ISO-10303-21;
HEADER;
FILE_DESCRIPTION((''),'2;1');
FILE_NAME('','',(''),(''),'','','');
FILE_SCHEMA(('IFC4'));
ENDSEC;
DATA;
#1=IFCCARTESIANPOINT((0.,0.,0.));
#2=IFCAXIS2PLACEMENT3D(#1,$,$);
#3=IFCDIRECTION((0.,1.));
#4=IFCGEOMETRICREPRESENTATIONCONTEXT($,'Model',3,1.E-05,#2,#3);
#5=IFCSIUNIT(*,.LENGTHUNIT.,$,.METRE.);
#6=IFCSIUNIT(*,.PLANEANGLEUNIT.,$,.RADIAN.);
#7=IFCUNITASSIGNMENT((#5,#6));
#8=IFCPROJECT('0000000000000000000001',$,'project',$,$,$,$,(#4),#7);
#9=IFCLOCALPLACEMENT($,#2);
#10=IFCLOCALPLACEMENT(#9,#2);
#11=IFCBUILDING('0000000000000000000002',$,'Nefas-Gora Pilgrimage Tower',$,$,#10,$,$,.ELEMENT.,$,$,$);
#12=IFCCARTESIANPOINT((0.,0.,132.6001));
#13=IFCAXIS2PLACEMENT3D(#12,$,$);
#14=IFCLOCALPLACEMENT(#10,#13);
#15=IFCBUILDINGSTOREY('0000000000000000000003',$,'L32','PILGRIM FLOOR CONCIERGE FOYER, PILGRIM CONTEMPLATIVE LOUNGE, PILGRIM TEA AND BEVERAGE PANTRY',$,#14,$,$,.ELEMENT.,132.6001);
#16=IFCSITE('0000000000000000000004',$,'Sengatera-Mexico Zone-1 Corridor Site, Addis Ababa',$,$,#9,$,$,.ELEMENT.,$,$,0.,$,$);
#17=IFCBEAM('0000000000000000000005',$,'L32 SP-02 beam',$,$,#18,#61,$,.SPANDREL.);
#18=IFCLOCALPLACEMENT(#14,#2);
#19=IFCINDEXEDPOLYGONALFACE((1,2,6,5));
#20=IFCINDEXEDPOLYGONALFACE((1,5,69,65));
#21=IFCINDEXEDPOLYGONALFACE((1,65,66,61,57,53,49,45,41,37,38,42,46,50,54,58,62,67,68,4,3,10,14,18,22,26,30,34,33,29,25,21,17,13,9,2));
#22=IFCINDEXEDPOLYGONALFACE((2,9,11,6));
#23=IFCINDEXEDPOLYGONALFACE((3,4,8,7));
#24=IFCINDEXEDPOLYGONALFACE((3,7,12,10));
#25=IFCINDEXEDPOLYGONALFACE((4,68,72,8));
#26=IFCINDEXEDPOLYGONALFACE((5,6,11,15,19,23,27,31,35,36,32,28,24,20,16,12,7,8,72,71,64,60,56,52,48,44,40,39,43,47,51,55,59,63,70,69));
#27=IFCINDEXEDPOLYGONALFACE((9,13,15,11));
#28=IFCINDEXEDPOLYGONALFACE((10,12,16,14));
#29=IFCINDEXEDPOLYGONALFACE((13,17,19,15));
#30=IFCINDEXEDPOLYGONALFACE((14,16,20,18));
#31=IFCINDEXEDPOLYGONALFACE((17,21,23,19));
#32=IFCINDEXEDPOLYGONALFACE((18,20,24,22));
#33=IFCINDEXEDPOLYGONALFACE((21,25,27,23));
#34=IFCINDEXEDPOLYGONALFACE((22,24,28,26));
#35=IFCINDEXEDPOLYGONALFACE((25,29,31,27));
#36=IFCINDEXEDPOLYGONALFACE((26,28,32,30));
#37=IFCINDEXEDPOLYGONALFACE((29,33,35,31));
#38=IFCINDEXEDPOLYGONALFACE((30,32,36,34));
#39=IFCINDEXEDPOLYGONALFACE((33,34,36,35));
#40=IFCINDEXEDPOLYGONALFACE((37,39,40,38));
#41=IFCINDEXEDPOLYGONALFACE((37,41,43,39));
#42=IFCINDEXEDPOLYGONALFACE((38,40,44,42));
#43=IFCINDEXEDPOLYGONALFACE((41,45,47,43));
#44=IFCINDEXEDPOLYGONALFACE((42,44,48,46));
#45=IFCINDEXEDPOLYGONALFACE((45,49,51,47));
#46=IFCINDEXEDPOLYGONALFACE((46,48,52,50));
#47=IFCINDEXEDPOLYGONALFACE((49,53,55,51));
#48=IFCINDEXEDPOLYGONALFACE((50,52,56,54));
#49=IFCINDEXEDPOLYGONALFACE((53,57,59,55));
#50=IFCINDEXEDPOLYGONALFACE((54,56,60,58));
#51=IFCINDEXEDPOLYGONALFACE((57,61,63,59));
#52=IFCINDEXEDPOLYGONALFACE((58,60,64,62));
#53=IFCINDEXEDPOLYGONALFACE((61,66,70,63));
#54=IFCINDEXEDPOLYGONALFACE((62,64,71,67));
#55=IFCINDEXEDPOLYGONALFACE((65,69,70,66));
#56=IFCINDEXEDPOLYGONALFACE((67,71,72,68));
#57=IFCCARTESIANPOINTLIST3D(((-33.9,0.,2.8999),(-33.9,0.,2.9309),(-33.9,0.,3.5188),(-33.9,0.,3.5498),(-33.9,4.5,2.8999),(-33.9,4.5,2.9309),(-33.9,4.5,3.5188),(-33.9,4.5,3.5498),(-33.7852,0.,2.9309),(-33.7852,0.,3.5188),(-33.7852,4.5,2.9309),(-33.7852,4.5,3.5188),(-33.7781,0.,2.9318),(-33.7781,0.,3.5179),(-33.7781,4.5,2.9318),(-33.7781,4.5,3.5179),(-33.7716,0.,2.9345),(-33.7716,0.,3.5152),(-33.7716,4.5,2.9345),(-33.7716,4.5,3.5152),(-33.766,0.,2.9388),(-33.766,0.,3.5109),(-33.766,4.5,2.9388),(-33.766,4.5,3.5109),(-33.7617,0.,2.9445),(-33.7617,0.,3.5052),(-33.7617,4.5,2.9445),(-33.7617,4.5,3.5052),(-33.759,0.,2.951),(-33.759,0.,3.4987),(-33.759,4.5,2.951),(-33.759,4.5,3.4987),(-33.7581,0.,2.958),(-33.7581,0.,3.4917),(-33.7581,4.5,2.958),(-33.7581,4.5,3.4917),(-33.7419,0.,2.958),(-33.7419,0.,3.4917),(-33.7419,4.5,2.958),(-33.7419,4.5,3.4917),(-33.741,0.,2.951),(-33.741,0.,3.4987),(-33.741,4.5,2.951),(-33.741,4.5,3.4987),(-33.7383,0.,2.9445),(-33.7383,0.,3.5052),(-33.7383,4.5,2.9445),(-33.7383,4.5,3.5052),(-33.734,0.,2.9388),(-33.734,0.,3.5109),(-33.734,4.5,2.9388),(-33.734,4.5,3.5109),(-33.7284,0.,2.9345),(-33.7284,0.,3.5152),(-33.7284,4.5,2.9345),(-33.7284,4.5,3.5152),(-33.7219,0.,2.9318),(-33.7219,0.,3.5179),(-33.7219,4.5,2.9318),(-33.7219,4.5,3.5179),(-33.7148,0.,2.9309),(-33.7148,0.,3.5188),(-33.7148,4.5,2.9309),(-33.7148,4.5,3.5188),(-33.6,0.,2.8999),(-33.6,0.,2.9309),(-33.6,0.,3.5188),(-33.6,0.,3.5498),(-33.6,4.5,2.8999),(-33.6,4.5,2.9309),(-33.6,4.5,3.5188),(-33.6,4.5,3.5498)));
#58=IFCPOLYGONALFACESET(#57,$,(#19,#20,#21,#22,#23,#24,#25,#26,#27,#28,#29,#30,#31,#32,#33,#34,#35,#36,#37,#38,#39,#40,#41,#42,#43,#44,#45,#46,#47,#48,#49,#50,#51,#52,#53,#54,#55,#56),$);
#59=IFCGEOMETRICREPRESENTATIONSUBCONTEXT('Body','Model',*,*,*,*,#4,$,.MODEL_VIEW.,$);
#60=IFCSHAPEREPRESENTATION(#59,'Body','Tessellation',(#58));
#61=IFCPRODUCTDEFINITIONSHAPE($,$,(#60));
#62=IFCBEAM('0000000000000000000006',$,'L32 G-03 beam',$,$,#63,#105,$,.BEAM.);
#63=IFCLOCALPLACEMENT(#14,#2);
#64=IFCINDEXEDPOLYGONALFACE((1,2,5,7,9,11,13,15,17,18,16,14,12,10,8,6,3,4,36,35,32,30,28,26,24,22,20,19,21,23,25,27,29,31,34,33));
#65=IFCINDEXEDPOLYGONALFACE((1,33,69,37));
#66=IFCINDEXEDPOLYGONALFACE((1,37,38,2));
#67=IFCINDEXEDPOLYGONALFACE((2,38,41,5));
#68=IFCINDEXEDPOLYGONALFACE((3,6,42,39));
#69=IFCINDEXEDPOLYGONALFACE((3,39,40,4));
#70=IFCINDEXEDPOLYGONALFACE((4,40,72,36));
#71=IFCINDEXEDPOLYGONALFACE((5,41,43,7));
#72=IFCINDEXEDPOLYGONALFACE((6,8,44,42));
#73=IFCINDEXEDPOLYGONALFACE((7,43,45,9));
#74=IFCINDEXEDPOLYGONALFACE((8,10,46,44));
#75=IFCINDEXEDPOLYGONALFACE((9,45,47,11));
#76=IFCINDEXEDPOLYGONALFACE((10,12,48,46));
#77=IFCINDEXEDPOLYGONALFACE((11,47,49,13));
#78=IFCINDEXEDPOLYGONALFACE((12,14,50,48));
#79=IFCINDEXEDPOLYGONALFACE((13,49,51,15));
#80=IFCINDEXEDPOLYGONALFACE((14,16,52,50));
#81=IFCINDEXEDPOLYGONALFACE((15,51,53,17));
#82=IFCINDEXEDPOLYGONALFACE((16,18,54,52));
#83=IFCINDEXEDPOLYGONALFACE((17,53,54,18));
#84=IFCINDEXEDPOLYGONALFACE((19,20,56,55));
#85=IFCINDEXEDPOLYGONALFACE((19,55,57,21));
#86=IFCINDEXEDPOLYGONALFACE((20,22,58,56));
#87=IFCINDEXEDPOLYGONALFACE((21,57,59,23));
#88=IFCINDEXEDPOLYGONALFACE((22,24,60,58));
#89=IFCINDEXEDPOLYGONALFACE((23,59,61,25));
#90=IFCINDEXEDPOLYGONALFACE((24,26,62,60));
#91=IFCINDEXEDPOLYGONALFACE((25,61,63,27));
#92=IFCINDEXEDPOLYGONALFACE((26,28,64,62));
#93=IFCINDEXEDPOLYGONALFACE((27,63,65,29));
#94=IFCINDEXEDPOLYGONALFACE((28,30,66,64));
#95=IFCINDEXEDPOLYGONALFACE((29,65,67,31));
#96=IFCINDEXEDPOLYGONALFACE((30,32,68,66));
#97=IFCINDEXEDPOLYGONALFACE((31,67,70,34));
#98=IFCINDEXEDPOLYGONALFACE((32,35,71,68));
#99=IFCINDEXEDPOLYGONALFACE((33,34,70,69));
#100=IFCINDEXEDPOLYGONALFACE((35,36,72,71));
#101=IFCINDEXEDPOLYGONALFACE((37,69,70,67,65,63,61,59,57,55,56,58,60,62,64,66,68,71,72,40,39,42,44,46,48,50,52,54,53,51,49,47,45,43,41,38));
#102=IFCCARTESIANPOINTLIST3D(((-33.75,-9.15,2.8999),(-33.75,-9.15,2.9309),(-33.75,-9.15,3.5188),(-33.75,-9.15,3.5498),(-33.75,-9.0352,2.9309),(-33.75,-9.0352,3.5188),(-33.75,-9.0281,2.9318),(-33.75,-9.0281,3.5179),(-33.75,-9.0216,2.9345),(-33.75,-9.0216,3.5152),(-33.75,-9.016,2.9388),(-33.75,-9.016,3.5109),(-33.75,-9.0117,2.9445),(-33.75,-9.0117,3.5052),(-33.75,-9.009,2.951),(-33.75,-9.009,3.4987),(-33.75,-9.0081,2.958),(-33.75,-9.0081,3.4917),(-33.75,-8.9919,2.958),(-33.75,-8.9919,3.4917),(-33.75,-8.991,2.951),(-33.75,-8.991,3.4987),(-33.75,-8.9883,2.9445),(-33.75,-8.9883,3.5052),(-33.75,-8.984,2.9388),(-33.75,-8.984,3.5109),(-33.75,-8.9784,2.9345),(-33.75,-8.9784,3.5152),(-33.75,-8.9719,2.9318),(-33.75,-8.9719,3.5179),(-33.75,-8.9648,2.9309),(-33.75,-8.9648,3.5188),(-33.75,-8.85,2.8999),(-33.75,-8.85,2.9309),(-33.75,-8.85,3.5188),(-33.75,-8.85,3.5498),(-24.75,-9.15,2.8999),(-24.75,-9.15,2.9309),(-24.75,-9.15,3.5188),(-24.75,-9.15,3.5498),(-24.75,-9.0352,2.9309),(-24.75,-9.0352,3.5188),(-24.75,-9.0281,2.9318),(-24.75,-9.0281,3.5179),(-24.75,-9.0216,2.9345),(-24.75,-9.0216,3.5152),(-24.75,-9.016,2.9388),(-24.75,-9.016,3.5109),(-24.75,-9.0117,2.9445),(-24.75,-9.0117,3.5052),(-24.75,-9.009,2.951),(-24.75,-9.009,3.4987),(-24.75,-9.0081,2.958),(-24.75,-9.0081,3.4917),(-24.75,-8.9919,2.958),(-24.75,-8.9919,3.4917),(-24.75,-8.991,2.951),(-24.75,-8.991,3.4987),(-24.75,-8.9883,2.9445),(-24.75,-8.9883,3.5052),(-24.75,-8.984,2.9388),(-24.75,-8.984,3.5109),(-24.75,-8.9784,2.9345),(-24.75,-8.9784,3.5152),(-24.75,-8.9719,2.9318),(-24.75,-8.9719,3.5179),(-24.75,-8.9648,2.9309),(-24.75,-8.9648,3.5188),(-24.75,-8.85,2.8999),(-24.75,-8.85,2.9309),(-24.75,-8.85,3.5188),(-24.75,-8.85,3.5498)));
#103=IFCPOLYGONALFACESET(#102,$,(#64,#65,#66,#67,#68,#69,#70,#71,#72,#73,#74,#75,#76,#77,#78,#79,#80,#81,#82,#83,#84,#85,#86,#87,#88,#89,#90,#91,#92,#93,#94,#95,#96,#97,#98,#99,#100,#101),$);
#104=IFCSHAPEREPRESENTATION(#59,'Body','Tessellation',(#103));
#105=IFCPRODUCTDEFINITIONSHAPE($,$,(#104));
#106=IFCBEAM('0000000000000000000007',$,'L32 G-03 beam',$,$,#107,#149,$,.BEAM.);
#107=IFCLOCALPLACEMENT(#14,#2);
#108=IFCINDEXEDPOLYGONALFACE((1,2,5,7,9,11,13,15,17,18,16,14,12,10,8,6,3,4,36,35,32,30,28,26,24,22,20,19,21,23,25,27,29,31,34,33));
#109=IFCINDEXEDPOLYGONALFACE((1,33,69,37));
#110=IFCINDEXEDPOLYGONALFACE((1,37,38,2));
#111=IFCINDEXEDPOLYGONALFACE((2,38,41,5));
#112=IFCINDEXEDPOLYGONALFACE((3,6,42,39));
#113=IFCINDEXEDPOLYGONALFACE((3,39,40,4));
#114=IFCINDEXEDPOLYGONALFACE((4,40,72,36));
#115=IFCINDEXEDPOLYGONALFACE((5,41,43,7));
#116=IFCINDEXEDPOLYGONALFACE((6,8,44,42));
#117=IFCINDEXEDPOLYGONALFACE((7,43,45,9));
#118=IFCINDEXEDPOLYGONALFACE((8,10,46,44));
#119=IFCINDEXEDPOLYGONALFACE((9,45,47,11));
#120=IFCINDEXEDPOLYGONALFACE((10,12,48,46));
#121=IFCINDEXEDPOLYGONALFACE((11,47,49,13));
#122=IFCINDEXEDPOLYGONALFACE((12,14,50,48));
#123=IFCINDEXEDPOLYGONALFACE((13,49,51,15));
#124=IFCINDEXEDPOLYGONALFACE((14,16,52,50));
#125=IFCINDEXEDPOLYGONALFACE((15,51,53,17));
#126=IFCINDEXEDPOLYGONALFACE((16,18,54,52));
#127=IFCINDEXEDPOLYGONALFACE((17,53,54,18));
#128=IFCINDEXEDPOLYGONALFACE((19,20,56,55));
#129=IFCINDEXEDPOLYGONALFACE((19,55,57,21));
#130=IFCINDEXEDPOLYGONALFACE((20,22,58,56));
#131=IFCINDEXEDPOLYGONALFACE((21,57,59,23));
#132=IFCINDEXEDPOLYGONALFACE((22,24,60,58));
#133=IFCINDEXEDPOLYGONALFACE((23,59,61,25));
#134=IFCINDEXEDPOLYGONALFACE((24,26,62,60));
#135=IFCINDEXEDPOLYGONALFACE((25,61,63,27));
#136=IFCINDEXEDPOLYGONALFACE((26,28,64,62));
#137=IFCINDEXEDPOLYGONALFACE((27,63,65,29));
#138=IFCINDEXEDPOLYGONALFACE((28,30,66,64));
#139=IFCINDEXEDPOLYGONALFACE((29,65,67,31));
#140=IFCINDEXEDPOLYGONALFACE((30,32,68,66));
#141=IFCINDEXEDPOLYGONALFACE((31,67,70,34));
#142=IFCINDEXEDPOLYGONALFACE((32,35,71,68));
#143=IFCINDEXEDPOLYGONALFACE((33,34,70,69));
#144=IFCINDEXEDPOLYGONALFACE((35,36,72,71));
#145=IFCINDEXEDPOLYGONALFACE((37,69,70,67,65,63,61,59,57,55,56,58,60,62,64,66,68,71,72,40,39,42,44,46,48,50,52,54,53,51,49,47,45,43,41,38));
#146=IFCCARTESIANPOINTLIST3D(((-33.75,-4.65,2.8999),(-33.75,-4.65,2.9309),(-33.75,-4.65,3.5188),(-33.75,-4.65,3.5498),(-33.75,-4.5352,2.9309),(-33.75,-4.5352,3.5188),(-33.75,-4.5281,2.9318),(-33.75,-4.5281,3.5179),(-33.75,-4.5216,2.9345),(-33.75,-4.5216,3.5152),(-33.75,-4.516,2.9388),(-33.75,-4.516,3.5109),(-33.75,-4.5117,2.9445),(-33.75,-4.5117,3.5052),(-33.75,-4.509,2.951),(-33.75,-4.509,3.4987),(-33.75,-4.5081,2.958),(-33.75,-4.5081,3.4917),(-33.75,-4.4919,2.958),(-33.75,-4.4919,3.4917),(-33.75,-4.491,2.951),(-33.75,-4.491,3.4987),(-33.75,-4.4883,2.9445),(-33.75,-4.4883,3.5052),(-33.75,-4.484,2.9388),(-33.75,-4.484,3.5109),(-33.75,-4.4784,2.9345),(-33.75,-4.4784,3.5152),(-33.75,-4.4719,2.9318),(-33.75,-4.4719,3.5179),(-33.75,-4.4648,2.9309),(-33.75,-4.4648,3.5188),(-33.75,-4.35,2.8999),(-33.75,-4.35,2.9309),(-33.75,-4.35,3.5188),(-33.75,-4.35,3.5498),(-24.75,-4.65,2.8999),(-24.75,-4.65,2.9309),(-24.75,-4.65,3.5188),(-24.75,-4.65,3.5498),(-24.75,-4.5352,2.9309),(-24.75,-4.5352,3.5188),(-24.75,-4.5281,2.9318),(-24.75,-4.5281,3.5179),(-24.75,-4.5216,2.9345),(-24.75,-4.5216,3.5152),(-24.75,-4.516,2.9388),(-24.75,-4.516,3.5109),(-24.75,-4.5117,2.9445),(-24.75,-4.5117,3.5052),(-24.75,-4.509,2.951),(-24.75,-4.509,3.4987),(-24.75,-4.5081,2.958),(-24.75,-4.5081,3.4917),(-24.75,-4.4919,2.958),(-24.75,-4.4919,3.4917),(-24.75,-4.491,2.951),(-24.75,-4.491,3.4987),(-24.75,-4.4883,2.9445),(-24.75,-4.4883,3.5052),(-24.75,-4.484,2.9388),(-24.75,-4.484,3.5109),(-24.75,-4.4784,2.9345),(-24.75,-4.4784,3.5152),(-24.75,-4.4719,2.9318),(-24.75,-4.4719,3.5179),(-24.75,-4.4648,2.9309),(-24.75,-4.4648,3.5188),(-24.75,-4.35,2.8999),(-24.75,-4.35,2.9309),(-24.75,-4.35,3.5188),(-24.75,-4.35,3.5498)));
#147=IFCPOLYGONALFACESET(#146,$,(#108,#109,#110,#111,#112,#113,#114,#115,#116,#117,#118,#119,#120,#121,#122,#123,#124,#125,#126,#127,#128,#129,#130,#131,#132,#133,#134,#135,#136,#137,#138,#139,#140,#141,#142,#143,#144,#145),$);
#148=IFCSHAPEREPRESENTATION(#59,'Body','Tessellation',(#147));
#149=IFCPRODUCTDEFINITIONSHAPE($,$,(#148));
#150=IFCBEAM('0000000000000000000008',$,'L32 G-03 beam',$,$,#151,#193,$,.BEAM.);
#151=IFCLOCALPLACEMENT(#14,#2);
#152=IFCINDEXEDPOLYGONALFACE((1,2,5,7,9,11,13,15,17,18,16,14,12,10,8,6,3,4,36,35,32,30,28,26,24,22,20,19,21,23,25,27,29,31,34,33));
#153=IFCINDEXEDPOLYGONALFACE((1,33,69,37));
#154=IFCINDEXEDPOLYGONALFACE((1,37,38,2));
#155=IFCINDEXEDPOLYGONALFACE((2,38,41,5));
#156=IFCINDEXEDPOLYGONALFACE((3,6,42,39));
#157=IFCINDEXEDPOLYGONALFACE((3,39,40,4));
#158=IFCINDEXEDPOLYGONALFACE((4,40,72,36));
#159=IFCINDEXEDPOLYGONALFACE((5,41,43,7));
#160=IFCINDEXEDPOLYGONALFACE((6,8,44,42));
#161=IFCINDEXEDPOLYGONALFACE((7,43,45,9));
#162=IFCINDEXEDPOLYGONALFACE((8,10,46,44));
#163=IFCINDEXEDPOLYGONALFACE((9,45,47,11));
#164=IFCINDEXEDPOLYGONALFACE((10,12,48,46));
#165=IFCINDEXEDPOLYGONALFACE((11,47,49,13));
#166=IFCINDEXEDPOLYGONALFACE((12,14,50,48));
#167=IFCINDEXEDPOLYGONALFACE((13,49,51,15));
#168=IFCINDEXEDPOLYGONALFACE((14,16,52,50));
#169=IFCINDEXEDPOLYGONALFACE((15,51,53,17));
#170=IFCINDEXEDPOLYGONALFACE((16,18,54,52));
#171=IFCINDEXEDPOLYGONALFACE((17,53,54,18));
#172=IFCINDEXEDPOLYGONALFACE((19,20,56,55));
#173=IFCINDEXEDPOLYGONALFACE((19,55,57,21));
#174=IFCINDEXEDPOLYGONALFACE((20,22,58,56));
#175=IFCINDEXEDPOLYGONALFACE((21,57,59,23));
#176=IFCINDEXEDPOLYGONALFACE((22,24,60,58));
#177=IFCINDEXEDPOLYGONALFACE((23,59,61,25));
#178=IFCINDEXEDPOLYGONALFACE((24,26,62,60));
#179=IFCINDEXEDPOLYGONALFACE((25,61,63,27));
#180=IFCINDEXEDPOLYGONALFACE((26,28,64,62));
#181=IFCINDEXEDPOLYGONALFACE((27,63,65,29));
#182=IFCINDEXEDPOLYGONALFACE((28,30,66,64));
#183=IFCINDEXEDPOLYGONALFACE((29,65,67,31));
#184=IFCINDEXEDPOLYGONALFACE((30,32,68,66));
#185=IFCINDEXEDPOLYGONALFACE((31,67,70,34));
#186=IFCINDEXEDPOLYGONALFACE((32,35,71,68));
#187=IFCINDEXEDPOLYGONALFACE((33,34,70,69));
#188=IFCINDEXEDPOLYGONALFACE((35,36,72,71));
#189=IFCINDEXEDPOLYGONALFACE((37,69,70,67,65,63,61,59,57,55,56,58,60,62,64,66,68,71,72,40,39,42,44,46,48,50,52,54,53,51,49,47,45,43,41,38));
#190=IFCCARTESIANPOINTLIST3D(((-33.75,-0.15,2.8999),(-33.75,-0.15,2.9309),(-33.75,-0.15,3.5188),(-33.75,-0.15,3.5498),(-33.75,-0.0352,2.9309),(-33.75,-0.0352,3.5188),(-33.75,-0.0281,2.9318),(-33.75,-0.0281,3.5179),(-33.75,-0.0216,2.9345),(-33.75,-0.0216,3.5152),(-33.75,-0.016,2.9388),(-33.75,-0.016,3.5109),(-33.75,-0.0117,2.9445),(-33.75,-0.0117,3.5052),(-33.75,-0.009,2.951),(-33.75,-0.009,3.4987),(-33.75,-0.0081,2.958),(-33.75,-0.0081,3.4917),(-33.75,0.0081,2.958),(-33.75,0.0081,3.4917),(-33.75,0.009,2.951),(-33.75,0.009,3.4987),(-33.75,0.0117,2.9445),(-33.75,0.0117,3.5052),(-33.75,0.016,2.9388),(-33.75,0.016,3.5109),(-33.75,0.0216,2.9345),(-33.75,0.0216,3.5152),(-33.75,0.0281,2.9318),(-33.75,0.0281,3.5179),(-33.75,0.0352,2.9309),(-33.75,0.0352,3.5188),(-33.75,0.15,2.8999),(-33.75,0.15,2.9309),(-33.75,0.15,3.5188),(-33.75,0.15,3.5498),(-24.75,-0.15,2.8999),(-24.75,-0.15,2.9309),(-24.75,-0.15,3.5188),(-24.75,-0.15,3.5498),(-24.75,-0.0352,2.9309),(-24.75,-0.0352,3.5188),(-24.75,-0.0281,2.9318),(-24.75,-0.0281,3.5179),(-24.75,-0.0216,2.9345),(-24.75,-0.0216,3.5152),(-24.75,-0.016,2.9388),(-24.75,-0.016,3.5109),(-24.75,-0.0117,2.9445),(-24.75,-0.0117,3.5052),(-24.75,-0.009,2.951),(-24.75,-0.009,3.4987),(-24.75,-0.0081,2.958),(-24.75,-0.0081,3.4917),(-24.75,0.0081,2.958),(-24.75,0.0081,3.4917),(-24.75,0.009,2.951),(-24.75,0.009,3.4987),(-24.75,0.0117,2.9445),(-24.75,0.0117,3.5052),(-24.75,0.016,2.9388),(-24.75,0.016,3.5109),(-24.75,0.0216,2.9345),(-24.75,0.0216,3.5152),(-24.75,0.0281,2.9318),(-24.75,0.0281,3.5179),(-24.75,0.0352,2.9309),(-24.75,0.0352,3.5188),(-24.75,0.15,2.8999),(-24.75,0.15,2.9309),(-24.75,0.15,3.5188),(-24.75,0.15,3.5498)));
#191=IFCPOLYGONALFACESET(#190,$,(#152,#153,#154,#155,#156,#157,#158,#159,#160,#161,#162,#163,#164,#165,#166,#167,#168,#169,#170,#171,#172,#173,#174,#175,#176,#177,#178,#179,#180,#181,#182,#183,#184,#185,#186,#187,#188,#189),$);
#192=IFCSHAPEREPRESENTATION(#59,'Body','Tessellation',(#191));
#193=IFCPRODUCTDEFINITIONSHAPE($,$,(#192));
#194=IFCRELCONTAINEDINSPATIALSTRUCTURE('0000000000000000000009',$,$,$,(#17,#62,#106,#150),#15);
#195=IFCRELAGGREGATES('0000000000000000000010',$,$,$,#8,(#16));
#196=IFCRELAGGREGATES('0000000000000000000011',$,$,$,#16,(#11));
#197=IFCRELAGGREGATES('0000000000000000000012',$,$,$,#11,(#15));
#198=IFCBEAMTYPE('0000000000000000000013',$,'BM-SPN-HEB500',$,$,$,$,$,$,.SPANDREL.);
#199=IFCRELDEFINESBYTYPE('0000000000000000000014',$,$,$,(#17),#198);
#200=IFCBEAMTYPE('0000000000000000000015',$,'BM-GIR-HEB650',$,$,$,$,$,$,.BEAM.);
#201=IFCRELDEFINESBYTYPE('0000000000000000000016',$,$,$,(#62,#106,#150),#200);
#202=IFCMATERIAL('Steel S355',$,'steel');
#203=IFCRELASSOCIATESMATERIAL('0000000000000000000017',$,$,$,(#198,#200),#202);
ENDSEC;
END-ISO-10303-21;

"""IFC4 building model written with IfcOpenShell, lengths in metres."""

from ifc_helpers import new_model, si_unit, direction, frame, origin, origin_2d, place, context, subcontext, project, spatial, i_section, extrude, source, transform, mapped, material, material_profile, profile_set, type_object, element, save


model = new_model("IFC4")

# Units and contexts
model_context = context("Model", 3, precision=1e-05, world=origin(), true_north=direction((0.0, 1.0)))
body_context = subcontext(model_context, "Body", "Model", "MODEL_VIEW")
ifc_project = project(units=[si_unit("LENGTHUNIT", "METRE"), si_unit("PLANEANGLEUNIT", "RADIAN")], contexts=[model_context])

# Site, building, storey
site_placement = place(None, origin())
site = spatial("IfcSite", under=ifc_project, at=site_placement, Name="Sengatera-Mexico Zone-1 Corridor Site, Addis Ababa", CompositionType="ELEMENT", RefElevation=0.0)
building_placement = place(site_placement, origin())
building = spatial("IfcBuilding", under=site, at=building_placement, Name="Nefas-Gora Pilgrimage Tower", CompositionType="ELEMENT")
storey_placement = place(building_placement, frame((0.0, 0.0, 132.6001)))
storey = spatial("IfcBuildingStorey", under=building, at=storey_placement, Name="L32", Description="PILGRIM FLOOR CONCIERGE FOYER, PILGRIM CONTEMPLATIVE LOUNGE, PILGRIM TEA AND BEVERAGE PANTRY", CompositionType="ELEMENT", Elevation=132.6001)

# Beams
ifc_material_1 = material(Name="Steel S355", Category="steel")
ifc_material_profile_1 = material_profile(ifc_material_1, i_section(OverallWidth=0.3, OverallDepth=0.6499, WebThickness=0.0161, FlangeThickness=0.031, FilletRadius=0.0271, at=origin_2d()), Name="HEB 650")
ifc_profile_set_1 = profile_set([ifc_material_profile_1], Name="Steel S355")
beam_type_1 = type_object("IfcBeamType", Name="BM-SPN-HEB500", PredefinedType="SPANDREL", material=ifc_profile_set_1)
shared_shape_1 = source(origin(), body_context, "Body", "SweptSolid", [
    extrude(i_section(OverallWidth=0.3, OverallDepth=0.6499, WebThickness=0.0161, FlangeThickness=0.031, FilletRadius=0.0271, at=origin_2d()), origin(), (0.0, 0.0, 1.0), 4.5),
])
for number, where, z_axis, x_axis, name in (
    (1, (-33.75, 0.0, 3.2249), (0.0, 1.0, 0.0), (-1.0, 0.0, 0.0), "L32 SP-02 beam"),
):
    element("IfcBeam", number, at=place(storey_placement, frame(where, z_axis=z_axis, x_axis=x_axis)), inside=storey, type_object=beam_type_1, Name=name, PredefinedType="SPANDREL", context=body_context, shape_type="MappedRepresentation", body=[
        mapped(shared_shape_1, transform((0.0, 0.0, 0.0), x_axis=(1.0, 0.0, 0.0), y_axis=(0.0, 1.0, 0.0), z_axis=(0.0, 0.0, 1.0), scale=1.0)),
    ])
ifc_material_profile_2 = material_profile(ifc_material_1, i_section(OverallWidth=0.3, OverallDepth=0.6499, WebThickness=0.0161, FlangeThickness=0.031, FilletRadius=0.0271, at=origin_2d()), Name="HEB 650")
ifc_profile_set_2 = profile_set([ifc_material_profile_2], Name="Steel S355")
beam_type_2 = type_object("IfcBeamType", Name="BM-GIR-HEB650", PredefinedType="BEAM", material=ifc_profile_set_2)
shared_shape_2 = source(origin(), body_context, "Body", "SweptSolid", [
    extrude(i_section(OverallWidth=0.3, OverallDepth=0.6499, WebThickness=0.0161, FlangeThickness=0.031, FilletRadius=0.0271, at=origin_2d()), origin(), (0.0, 0.0, 1.0), 9.0),
])
for number, where, z_axis, x_axis, name in (
    (2, (-33.75, -9.0, 3.2249), (1.0, 0.0, 0.0), (0.0, 1.0, 0.0), "L32 G-03 beam"),
    (3, (-33.75, -4.5, 3.2249), (1.0, 0.0, 0.0), (0.0, 1.0, 0.0), "L32 G-03 beam"),
    (4, (-33.75, 0.0, 3.2249), (1.0, 0.0, 0.0), (0.0, 1.0, 0.0), "L32 G-03 beam"),
):
    element("IfcBeam", number, at=place(storey_placement, frame(where, z_axis=z_axis, x_axis=x_axis)), inside=storey, type_object=beam_type_2, Name=name, PredefinedType="BEAM", context=body_context, shape_type="MappedRepresentation", body=[
        mapped(shared_shape_2, transform((0.0, 0.0, 0.0), x_axis=(1.0, 0.0, 0.0), y_axis=(0.0, 1.0, 0.0), z_axis=(0.0, 0.0, 1.0), scale=1.0)),
    ])

save(model, "model.ifc")
